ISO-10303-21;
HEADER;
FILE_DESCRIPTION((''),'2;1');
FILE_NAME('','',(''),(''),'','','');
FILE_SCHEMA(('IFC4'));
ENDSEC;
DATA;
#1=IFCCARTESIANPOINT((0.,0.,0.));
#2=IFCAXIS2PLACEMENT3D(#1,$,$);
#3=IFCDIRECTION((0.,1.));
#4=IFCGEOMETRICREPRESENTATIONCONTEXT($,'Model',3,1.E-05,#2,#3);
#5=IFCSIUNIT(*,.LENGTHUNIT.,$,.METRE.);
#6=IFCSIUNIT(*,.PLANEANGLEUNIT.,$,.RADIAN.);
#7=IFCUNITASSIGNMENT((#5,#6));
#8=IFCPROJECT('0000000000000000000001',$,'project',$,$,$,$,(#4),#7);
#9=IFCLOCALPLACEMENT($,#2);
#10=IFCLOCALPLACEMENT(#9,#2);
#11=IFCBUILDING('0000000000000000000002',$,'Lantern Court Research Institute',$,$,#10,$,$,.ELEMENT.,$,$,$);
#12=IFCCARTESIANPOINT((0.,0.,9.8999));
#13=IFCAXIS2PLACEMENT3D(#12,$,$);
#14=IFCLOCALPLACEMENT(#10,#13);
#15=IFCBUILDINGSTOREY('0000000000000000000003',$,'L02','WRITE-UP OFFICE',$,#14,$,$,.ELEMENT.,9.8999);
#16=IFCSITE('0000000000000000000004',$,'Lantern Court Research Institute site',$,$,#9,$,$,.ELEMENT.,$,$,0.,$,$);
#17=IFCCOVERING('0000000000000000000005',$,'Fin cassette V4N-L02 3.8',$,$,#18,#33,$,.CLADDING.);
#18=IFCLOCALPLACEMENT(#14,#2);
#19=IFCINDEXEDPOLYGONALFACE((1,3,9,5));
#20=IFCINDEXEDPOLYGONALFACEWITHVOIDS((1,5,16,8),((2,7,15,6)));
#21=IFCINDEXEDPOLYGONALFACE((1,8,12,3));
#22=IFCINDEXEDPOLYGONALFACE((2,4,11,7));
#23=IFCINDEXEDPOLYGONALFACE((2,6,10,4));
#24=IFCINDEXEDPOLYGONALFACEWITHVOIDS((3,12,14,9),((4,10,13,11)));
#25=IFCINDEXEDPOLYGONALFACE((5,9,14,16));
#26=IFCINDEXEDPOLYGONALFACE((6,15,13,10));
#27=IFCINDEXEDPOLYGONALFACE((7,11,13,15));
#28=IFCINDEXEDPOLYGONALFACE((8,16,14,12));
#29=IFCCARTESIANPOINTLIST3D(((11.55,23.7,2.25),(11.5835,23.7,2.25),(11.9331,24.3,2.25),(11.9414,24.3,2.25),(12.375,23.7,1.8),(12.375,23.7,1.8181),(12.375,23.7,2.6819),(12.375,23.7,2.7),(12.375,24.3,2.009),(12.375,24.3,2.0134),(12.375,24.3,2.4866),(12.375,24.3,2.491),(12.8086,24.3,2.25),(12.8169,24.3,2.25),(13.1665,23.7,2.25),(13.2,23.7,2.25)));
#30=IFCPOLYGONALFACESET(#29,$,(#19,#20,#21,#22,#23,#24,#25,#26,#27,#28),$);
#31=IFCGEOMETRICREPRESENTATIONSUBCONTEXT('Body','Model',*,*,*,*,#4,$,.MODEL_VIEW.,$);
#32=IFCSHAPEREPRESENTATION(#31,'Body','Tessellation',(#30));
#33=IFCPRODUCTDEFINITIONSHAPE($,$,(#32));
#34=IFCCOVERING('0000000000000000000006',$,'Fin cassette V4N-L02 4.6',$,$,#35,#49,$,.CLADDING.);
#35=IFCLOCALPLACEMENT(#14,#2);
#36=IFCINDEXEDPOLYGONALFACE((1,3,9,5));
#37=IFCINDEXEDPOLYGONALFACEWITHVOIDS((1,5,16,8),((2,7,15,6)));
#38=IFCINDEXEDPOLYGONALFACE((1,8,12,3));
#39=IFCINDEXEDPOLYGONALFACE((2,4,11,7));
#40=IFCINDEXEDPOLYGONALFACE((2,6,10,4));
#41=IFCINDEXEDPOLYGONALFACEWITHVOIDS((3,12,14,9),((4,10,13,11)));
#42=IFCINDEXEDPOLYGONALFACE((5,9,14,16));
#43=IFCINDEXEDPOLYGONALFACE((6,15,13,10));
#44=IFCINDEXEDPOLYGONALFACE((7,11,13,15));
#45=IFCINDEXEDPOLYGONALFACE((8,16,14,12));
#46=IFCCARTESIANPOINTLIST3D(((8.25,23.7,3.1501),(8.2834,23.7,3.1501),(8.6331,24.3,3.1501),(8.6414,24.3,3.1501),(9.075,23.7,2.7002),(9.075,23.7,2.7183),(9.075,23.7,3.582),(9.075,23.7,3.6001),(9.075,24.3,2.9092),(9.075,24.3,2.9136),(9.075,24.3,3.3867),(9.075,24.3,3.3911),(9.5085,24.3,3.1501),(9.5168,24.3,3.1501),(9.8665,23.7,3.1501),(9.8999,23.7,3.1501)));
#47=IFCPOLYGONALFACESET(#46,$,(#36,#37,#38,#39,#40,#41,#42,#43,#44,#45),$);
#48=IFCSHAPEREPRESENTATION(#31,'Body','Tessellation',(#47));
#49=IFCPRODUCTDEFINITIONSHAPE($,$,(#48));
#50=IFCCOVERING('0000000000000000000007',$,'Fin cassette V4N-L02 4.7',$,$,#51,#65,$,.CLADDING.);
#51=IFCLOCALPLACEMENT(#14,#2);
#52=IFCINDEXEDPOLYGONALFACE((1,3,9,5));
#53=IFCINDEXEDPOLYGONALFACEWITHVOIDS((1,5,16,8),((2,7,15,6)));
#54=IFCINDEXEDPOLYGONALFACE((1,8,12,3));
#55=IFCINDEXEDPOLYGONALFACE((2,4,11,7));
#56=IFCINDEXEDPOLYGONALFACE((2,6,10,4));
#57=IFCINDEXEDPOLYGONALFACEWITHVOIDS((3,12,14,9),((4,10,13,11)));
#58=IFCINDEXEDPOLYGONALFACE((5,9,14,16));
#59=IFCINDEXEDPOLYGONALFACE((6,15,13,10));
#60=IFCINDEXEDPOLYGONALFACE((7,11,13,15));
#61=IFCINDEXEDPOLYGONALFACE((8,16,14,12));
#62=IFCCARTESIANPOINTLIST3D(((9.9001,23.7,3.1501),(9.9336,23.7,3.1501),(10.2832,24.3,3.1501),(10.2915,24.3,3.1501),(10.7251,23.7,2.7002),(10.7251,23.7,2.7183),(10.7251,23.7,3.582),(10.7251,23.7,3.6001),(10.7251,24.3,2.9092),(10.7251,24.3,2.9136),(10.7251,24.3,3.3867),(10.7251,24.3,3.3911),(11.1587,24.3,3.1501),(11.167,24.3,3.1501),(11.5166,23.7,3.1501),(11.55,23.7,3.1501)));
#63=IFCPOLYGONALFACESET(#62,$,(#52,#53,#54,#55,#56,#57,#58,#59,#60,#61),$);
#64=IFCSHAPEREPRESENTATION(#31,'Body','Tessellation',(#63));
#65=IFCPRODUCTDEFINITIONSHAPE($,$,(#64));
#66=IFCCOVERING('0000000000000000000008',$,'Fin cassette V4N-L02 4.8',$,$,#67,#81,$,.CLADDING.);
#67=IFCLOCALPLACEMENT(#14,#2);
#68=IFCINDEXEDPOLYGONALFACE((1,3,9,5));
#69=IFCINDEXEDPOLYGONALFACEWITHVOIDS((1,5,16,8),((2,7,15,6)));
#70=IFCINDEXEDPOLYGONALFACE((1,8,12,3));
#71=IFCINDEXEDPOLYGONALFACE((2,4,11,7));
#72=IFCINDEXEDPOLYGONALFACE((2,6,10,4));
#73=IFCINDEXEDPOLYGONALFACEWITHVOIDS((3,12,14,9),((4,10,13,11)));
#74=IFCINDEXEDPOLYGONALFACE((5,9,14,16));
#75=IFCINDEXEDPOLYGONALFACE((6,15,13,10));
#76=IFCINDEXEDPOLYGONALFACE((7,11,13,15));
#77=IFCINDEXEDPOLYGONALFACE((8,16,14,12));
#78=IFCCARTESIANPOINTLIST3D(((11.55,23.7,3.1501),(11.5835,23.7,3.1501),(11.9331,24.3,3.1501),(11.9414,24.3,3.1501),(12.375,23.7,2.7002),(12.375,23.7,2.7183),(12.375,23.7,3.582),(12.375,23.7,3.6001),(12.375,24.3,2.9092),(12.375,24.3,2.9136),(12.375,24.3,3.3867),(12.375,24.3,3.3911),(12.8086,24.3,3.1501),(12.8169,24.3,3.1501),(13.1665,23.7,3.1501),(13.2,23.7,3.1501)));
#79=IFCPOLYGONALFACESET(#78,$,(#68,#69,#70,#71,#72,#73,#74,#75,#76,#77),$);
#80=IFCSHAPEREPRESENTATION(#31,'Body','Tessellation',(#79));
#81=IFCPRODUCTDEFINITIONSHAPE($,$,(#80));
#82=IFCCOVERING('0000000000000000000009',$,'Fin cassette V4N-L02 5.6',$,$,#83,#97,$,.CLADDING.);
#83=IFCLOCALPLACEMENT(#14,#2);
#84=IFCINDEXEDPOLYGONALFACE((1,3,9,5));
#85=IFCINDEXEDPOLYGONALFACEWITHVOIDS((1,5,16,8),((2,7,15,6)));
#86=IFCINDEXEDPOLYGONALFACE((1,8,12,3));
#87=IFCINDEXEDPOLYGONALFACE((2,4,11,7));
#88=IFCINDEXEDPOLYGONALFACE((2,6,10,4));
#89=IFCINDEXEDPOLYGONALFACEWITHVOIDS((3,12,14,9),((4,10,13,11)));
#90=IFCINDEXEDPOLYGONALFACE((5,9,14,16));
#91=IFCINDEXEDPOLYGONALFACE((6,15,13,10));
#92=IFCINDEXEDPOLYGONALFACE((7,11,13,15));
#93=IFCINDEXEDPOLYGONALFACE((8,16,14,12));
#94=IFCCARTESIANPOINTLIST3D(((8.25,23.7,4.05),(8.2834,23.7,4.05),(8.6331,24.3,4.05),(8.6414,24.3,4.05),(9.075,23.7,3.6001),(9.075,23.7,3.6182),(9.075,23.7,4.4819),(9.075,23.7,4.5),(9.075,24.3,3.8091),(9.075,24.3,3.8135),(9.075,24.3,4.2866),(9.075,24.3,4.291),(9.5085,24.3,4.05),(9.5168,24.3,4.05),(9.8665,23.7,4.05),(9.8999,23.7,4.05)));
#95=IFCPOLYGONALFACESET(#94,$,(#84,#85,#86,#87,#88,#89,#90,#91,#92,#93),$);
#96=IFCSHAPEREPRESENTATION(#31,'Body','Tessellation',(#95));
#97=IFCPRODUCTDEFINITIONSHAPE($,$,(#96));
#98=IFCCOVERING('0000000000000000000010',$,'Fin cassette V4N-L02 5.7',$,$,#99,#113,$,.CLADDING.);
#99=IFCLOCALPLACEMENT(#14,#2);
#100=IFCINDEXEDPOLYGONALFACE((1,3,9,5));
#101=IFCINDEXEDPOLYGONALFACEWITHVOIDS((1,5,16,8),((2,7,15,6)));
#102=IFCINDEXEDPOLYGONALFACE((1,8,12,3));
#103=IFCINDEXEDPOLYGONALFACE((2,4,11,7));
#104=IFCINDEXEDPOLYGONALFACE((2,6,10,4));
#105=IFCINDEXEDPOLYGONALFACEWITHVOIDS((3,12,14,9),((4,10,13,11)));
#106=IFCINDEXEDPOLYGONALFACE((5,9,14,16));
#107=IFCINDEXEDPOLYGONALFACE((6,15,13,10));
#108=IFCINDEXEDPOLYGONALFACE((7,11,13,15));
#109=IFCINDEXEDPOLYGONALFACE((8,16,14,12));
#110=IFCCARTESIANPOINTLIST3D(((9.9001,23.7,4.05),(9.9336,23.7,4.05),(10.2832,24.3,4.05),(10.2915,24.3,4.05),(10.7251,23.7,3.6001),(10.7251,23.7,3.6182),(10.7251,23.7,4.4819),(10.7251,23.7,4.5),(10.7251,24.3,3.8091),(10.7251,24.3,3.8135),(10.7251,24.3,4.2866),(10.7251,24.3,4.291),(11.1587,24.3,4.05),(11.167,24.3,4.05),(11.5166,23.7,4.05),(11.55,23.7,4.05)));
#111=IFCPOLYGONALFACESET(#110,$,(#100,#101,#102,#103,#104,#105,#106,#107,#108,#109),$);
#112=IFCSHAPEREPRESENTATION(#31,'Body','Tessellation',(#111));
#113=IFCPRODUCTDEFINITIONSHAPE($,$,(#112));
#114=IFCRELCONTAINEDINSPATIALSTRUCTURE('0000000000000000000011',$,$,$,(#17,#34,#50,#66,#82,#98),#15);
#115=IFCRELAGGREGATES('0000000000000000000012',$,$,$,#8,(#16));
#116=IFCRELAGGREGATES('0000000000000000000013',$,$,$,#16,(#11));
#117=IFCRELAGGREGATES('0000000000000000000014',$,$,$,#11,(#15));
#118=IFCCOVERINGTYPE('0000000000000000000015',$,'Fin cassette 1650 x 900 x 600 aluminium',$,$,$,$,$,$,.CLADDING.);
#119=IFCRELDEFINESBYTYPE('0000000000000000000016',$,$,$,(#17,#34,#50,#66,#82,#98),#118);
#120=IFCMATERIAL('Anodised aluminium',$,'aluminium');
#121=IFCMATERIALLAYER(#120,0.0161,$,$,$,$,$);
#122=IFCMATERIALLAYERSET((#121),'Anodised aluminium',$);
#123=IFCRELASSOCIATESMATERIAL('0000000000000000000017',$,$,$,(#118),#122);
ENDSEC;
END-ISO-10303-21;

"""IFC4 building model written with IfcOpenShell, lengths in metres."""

from ifc_helpers import new_model, entity, si_unit, direction, frame, origin, place, context, subcontext, project, spatial, material, layer, layer_set, type_object, element, save


model = new_model("IFC4")

# Units and contexts
model_context = context("Model", 3, precision=1e-05, world=origin(), true_north=direction((0.0, 1.0)))
body_context = subcontext(model_context, "Body", "Model", "MODEL_VIEW")
ifc_project = project(units=[si_unit("LENGTHUNIT", "METRE"), si_unit("PLANEANGLEUNIT", "RADIAN")], contexts=[model_context])

# Site, building, storey
site_placement = place(None, origin())
site = spatial("IfcSite", under=ifc_project, at=site_placement, Name="Lantern Court Research Institute site", CompositionType="ELEMENT", RefElevation=0.0)
building_placement = place(site_placement, origin())
building = spatial("IfcBuilding", under=site, at=building_placement, Name="Lantern Court Research Institute", CompositionType="ELEMENT")
storey_placement = place(building_placement, frame((0.0, 0.0, 9.8999)))
storey = spatial("IfcBuildingStorey", under=building, at=storey_placement, Name="L02", Description="WRITE-UP OFFICE", CompositionType="ELEMENT", Elevation=9.8999)

# Coverings
ifc_material_1 = material(Name="Anodised aluminium", Category="aluminium")
ifc_layer_1 = layer(ifc_material_1, 0.0161)
ifc_layer_set_1 = layer_set([ifc_layer_1], Name="Anodised aluminium")
covering_type = type_object("IfcCoveringType", Name="Fin cassette 1650 x 900 x 600 aluminium", PredefinedType="CLADDING", material=ifc_layer_set_1)
covering_1_placement = place(storey_placement, frame((12.375, 23.7, 2.25), z_axis=(0.0, 1.0, 0.0), x_axis=(-1.0, 0.0, 0.0)))
cartesian_point_1 = entity("IfcCartesianPoint", [0.825, 0.0])
cartesian_point_2 = entity("IfcCartesianPoint", [0.7915, 0.0])
cartesian_point_3 = entity("IfcCartesianPoint", [0.4419, 0.0])
cartesian_point_4 = entity("IfcCartesianPoint", [0.4336, 0.0])
element("IfcCovering", 1, at=covering_1_placement, inside=storey, type_object=covering_type, Name="Fin cassette V4N-L02 3.8", PredefinedType="CLADDING", context=body_context, shape_type="SweptSolid", body=[
    entity("IfcExtrudedAreaSolidTapered", entity("IfcArbitraryProfileDefWithVoids", "AREA", None, entity("IfcPolyline", [cartesian_point_1, entity("IfcCartesianPoint", [0.0, 0.45]), entity("IfcCartesianPoint", [-0.825, 0.0]), entity("IfcCartesianPoint", [0.0, -0.45]), cartesian_point_1]), [entity("IfcPolyline", [cartesian_point_2, entity("IfcCartesianPoint", [0.0, 0.4319]), entity("IfcCartesianPoint", [-0.7915, 0.0]), entity("IfcCartesianPoint", [0.0, -0.4319]), cartesian_point_2])]), entity("IfcAxis2Placement3D", entity("IfcCartesianPoint", [0.0, 0.0, 0.0])), entity("IfcDirection", [0.0, 0.0, 1.0]), 0.6001, entity("IfcArbitraryProfileDefWithVoids", "AREA", None, entity("IfcPolyline", [cartesian_point_3, entity("IfcCartesianPoint", [0.0, 0.241]), entity("IfcCartesianPoint", [-0.4419, 0.0]), entity("IfcCartesianPoint", [0.0, -0.241]), cartesian_point_3]), [entity("IfcPolyline", [cartesian_point_4, entity("IfcCartesianPoint", [0.0, 0.2366]), entity("IfcCartesianPoint", [-0.4336, 0.0]), entity("IfcCartesianPoint", [0.0, -0.2366]), cartesian_point_4])])),
])
covering_2_placement = place(storey_placement, frame((9.075, 23.7, 3.1501), z_axis=(0.0, 1.0, 0.0), x_axis=(-1.0, 0.0, 0.0)))
cartesian_point_5 = entity("IfcCartesianPoint", [0.825, 0.0])
cartesian_point_6 = entity("IfcCartesianPoint", [0.7915, 0.0])
cartesian_point_7 = entity("IfcCartesianPoint", [0.4419, 0.0])
cartesian_point_8 = entity("IfcCartesianPoint", [0.4336, 0.0])
element("IfcCovering", 2, at=covering_2_placement, inside=storey, type_object=covering_type, Name="Fin cassette V4N-L02 4.6", PredefinedType="CLADDING", context=body_context, shape_type="SweptSolid", body=[
    entity("IfcExtrudedAreaSolidTapered", entity("IfcArbitraryProfileDefWithVoids", "AREA", None, entity("IfcPolyline", [cartesian_point_5, entity("IfcCartesianPoint", [0.0, 0.45]), entity("IfcCartesianPoint", [-0.825, 0.0]), entity("IfcCartesianPoint", [0.0, -0.45]), cartesian_point_5]), [entity("IfcPolyline", [cartesian_point_6, entity("IfcCartesianPoint", [0.0, 0.4319]), entity("IfcCartesianPoint", [-0.7915, 0.0]), entity("IfcCartesianPoint", [0.0, -0.4319]), cartesian_point_6])]), entity("IfcAxis2Placement3D", entity("IfcCartesianPoint", [0.0, 0.0, 0.0])), entity("IfcDirection", [0.0, 0.0, 1.0]), 0.6001, entity("IfcArbitraryProfileDefWithVoids", "AREA", None, entity("IfcPolyline", [cartesian_point_7, entity("IfcCartesianPoint", [0.0, 0.241]), entity("IfcCartesianPoint", [-0.4419, 0.0]), entity("IfcCartesianPoint", [0.0, -0.241]), cartesian_point_7]), [entity("IfcPolyline", [cartesian_point_8, entity("IfcCartesianPoint", [0.0, 0.2366]), entity("IfcCartesianPoint", [-0.4336, 0.0]), entity("IfcCartesianPoint", [0.0, -0.2366]), cartesian_point_8])])),
])
covering_3_placement = place(storey_placement, frame((10.7251, 23.7, 3.1501), z_axis=(0.0, 1.0, 0.0), x_axis=(-1.0, 0.0, 0.0)))
cartesian_point_9 = entity("IfcCartesianPoint", [0.825, 0.0])
cartesian_point_10 = entity("IfcCartesianPoint", [0.7915, 0.0])
cartesian_point_11 = entity("IfcCartesianPoint", [0.4419, 0.0])
cartesian_point_12 = entity("IfcCartesianPoint", [0.4336, 0.0])
element("IfcCovering", 3, at=covering_3_placement, inside=storey, type_object=covering_type, Name="Fin cassette V4N-L02 4.7", PredefinedType="CLADDING", context=body_context, shape_type="SweptSolid", body=[
    entity("IfcExtrudedAreaSolidTapered", entity("IfcArbitraryProfileDefWithVoids", "AREA", None, entity("IfcPolyline", [cartesian_point_9, entity("IfcCartesianPoint", [0.0, 0.45]), entity("IfcCartesianPoint", [-0.825, 0.0]), entity("IfcCartesianPoint", [0.0, -0.45]), cartesian_point_9]), [entity("IfcPolyline", [cartesian_point_10, entity("IfcCartesianPoint", [0.0, 0.4319]), entity("IfcCartesianPoint", [-0.7915, 0.0]), entity("IfcCartesianPoint", [0.0, -0.4319]), cartesian_point_10])]), entity("IfcAxis2Placement3D", entity("IfcCartesianPoint", [0.0, 0.0, 0.0])), entity("IfcDirection", [0.0, 0.0, 1.0]), 0.6001, entity("IfcArbitraryProfileDefWithVoids", "AREA", None, entity("IfcPolyline", [cartesian_point_11, entity("IfcCartesianPoint", [0.0, 0.241]), entity("IfcCartesianPoint", [-0.4419, 0.0]), entity("IfcCartesianPoint", [0.0, -0.241]), cartesian_point_11]), [entity("IfcPolyline", [cartesian_point_12, entity("IfcCartesianPoint", [0.0, 0.2366]), entity("IfcCartesianPoint", [-0.4336, 0.0]), entity("IfcCartesianPoint", [0.0, -0.2366]), cartesian_point_12])])),
])
covering_4_placement = place(storey_placement, frame((12.375, 23.7, 3.1501), z_axis=(0.0, 1.0, 0.0), x_axis=(-1.0, 0.0, 0.0)))
cartesian_point_13 = entity("IfcCartesianPoint", [0.825, 0.0])
cartesian_point_14 = entity("IfcCartesianPoint", [0.7915, 0.0])
cartesian_point_15 = entity("IfcCartesianPoint", [0.4419, 0.0])
cartesian_point_16 = entity("IfcCartesianPoint", [0.4336, 0.0])
element("IfcCovering", 4, at=covering_4_placement, inside=storey, type_object=covering_type, Name="Fin cassette V4N-L02 4.8", PredefinedType="CLADDING", context=body_context, shape_type="SweptSolid", body=[
    entity("IfcExtrudedAreaSolidTapered", entity("IfcArbitraryProfileDefWithVoids", "AREA", None, entity("IfcPolyline", [cartesian_point_13, entity("IfcCartesianPoint", [0.0, 0.45]), entity("IfcCartesianPoint", [-0.825, 0.0]), entity("IfcCartesianPoint", [0.0, -0.45]), cartesian_point_13]), [entity("IfcPolyline", [cartesian_point_14, entity("IfcCartesianPoint", [0.0, 0.4319]), entity("IfcCartesianPoint", [-0.7915, 0.0]), entity("IfcCartesianPoint", [0.0, -0.4319]), cartesian_point_14])]), entity("IfcAxis2Placement3D", entity("IfcCartesianPoint", [0.0, 0.0, 0.0])), entity("IfcDirection", [0.0, 0.0, 1.0]), 0.6001, entity("IfcArbitraryProfileDefWithVoids", "AREA", None, entity("IfcPolyline", [cartesian_point_15, entity("IfcCartesianPoint", [0.0, 0.241]), entity("IfcCartesianPoint", [-0.4419, 0.0]), entity("IfcCartesianPoint", [0.0, -0.241]), cartesian_point_15]), [entity("IfcPolyline", [cartesian_point_16, entity("IfcCartesianPoint", [0.0, 0.2366]), entity("IfcCartesianPoint", [-0.4336, 0.0]), entity("IfcCartesianPoint", [0.0, -0.2366]), cartesian_point_16])])),
])
covering_5_placement = place(storey_placement, frame((9.075, 23.7, 4.05), z_axis=(0.0, 1.0, 0.0), x_axis=(-1.0, 0.0, 0.0)))
cartesian_point_17 = entity("IfcCartesianPoint", [0.825, 0.0])
cartesian_point_18 = entity("IfcCartesianPoint", [0.7915, 0.0])
cartesian_point_19 = entity("IfcCartesianPoint", [0.4419, 0.0])
cartesian_point_20 = entity("IfcCartesianPoint", [0.4336, 0.0])
element("IfcCovering", 5, at=covering_5_placement, inside=storey, type_object=covering_type, Name="Fin cassette V4N-L02 5.6", PredefinedType="CLADDING", context=body_context, shape_type="SweptSolid", body=[
    entity("IfcExtrudedAreaSolidTapered", entity("IfcArbitraryProfileDefWithVoids", "AREA", None, entity("IfcPolyline", [cartesian_point_17, entity("IfcCartesianPoint", [0.0, 0.45]), entity("IfcCartesianPoint", [-0.825, 0.0]), entity("IfcCartesianPoint", [0.0, -0.45]), cartesian_point_17]), [entity("IfcPolyline", [cartesian_point_18, entity("IfcCartesianPoint", [0.0, 0.4319]), entity("IfcCartesianPoint", [-0.7915, 0.0]), entity("IfcCartesianPoint", [0.0, -0.4319]), cartesian_point_18])]), entity("IfcAxis2Placement3D", entity("IfcCartesianPoint", [0.0, 0.0, 0.0])), entity("IfcDirection", [0.0, 0.0, 1.0]), 0.6001, entity("IfcArbitraryProfileDefWithVoids", "AREA", None, entity("IfcPolyline", [cartesian_point_19, entity("IfcCartesianPoint", [0.0, 0.241]), entity("IfcCartesianPoint", [-0.4419, 0.0]), entity("IfcCartesianPoint", [0.0, -0.241]), cartesian_point_19]), [entity("IfcPolyline", [cartesian_point_20, entity("IfcCartesianPoint", [0.0, 0.2366]), entity("IfcCartesianPoint", [-0.4336, 0.0]), entity("IfcCartesianPoint", [0.0, -0.2366]), cartesian_point_20])])),
])
covering_6_placement = place(storey_placement, frame((10.7251, 23.7, 4.05), z_axis=(0.0, 1.0, 0.0), x_axis=(-1.0, 0.0, 0.0)))
cartesian_point_21 = entity("IfcCartesianPoint", [0.825, 0.0])
cartesian_point_22 = entity("IfcCartesianPoint", [0.7915, 0.0])
cartesian_point_23 = entity("IfcCartesianPoint", [0.4419, 0.0])
cartesian_point_24 = entity("IfcCartesianPoint", [0.4336, 0.0])
element("IfcCovering", 6, at=covering_6_placement, inside=storey, type_object=covering_type, Name="Fin cassette V4N-L02 5.7", PredefinedType="CLADDING", context=body_context, shape_type="SweptSolid", body=[
    entity("IfcExtrudedAreaSolidTapered", entity("IfcArbitraryProfileDefWithVoids", "AREA", None, entity("IfcPolyline", [cartesian_point_21, entity("IfcCartesianPoint", [0.0, 0.45]), entity("IfcCartesianPoint", [-0.825, 0.0]), entity("IfcCartesianPoint", [0.0, -0.45]), cartesian_point_21]), [entity("IfcPolyline", [cartesian_point_22, entity("IfcCartesianPoint", [0.0, 0.4319]), entity("IfcCartesianPoint", [-0.7915, 0.0]), entity("IfcCartesianPoint", [0.0, -0.4319]), cartesian_point_22])]), entity("IfcAxis2Placement3D", entity("IfcCartesianPoint", [0.0, 0.0, 0.0])), entity("IfcDirection", [0.0, 0.0, 1.0]), 0.6001, entity("IfcArbitraryProfileDefWithVoids", "AREA", None, entity("IfcPolyline", [cartesian_point_23, entity("IfcCartesianPoint", [0.0, 0.241]), entity("IfcCartesianPoint", [-0.4419, 0.0]), entity("IfcCartesianPoint", [0.0, -0.241]), cartesian_point_23]), [entity("IfcPolyline", [cartesian_point_24, entity("IfcCartesianPoint", [0.0, 0.2366]), entity("IfcCartesianPoint", [-0.4336, 0.0]), entity("IfcCartesianPoint", [0.0, -0.2366]), cartesian_point_24])])),
])

save(model, "model.ifc")
